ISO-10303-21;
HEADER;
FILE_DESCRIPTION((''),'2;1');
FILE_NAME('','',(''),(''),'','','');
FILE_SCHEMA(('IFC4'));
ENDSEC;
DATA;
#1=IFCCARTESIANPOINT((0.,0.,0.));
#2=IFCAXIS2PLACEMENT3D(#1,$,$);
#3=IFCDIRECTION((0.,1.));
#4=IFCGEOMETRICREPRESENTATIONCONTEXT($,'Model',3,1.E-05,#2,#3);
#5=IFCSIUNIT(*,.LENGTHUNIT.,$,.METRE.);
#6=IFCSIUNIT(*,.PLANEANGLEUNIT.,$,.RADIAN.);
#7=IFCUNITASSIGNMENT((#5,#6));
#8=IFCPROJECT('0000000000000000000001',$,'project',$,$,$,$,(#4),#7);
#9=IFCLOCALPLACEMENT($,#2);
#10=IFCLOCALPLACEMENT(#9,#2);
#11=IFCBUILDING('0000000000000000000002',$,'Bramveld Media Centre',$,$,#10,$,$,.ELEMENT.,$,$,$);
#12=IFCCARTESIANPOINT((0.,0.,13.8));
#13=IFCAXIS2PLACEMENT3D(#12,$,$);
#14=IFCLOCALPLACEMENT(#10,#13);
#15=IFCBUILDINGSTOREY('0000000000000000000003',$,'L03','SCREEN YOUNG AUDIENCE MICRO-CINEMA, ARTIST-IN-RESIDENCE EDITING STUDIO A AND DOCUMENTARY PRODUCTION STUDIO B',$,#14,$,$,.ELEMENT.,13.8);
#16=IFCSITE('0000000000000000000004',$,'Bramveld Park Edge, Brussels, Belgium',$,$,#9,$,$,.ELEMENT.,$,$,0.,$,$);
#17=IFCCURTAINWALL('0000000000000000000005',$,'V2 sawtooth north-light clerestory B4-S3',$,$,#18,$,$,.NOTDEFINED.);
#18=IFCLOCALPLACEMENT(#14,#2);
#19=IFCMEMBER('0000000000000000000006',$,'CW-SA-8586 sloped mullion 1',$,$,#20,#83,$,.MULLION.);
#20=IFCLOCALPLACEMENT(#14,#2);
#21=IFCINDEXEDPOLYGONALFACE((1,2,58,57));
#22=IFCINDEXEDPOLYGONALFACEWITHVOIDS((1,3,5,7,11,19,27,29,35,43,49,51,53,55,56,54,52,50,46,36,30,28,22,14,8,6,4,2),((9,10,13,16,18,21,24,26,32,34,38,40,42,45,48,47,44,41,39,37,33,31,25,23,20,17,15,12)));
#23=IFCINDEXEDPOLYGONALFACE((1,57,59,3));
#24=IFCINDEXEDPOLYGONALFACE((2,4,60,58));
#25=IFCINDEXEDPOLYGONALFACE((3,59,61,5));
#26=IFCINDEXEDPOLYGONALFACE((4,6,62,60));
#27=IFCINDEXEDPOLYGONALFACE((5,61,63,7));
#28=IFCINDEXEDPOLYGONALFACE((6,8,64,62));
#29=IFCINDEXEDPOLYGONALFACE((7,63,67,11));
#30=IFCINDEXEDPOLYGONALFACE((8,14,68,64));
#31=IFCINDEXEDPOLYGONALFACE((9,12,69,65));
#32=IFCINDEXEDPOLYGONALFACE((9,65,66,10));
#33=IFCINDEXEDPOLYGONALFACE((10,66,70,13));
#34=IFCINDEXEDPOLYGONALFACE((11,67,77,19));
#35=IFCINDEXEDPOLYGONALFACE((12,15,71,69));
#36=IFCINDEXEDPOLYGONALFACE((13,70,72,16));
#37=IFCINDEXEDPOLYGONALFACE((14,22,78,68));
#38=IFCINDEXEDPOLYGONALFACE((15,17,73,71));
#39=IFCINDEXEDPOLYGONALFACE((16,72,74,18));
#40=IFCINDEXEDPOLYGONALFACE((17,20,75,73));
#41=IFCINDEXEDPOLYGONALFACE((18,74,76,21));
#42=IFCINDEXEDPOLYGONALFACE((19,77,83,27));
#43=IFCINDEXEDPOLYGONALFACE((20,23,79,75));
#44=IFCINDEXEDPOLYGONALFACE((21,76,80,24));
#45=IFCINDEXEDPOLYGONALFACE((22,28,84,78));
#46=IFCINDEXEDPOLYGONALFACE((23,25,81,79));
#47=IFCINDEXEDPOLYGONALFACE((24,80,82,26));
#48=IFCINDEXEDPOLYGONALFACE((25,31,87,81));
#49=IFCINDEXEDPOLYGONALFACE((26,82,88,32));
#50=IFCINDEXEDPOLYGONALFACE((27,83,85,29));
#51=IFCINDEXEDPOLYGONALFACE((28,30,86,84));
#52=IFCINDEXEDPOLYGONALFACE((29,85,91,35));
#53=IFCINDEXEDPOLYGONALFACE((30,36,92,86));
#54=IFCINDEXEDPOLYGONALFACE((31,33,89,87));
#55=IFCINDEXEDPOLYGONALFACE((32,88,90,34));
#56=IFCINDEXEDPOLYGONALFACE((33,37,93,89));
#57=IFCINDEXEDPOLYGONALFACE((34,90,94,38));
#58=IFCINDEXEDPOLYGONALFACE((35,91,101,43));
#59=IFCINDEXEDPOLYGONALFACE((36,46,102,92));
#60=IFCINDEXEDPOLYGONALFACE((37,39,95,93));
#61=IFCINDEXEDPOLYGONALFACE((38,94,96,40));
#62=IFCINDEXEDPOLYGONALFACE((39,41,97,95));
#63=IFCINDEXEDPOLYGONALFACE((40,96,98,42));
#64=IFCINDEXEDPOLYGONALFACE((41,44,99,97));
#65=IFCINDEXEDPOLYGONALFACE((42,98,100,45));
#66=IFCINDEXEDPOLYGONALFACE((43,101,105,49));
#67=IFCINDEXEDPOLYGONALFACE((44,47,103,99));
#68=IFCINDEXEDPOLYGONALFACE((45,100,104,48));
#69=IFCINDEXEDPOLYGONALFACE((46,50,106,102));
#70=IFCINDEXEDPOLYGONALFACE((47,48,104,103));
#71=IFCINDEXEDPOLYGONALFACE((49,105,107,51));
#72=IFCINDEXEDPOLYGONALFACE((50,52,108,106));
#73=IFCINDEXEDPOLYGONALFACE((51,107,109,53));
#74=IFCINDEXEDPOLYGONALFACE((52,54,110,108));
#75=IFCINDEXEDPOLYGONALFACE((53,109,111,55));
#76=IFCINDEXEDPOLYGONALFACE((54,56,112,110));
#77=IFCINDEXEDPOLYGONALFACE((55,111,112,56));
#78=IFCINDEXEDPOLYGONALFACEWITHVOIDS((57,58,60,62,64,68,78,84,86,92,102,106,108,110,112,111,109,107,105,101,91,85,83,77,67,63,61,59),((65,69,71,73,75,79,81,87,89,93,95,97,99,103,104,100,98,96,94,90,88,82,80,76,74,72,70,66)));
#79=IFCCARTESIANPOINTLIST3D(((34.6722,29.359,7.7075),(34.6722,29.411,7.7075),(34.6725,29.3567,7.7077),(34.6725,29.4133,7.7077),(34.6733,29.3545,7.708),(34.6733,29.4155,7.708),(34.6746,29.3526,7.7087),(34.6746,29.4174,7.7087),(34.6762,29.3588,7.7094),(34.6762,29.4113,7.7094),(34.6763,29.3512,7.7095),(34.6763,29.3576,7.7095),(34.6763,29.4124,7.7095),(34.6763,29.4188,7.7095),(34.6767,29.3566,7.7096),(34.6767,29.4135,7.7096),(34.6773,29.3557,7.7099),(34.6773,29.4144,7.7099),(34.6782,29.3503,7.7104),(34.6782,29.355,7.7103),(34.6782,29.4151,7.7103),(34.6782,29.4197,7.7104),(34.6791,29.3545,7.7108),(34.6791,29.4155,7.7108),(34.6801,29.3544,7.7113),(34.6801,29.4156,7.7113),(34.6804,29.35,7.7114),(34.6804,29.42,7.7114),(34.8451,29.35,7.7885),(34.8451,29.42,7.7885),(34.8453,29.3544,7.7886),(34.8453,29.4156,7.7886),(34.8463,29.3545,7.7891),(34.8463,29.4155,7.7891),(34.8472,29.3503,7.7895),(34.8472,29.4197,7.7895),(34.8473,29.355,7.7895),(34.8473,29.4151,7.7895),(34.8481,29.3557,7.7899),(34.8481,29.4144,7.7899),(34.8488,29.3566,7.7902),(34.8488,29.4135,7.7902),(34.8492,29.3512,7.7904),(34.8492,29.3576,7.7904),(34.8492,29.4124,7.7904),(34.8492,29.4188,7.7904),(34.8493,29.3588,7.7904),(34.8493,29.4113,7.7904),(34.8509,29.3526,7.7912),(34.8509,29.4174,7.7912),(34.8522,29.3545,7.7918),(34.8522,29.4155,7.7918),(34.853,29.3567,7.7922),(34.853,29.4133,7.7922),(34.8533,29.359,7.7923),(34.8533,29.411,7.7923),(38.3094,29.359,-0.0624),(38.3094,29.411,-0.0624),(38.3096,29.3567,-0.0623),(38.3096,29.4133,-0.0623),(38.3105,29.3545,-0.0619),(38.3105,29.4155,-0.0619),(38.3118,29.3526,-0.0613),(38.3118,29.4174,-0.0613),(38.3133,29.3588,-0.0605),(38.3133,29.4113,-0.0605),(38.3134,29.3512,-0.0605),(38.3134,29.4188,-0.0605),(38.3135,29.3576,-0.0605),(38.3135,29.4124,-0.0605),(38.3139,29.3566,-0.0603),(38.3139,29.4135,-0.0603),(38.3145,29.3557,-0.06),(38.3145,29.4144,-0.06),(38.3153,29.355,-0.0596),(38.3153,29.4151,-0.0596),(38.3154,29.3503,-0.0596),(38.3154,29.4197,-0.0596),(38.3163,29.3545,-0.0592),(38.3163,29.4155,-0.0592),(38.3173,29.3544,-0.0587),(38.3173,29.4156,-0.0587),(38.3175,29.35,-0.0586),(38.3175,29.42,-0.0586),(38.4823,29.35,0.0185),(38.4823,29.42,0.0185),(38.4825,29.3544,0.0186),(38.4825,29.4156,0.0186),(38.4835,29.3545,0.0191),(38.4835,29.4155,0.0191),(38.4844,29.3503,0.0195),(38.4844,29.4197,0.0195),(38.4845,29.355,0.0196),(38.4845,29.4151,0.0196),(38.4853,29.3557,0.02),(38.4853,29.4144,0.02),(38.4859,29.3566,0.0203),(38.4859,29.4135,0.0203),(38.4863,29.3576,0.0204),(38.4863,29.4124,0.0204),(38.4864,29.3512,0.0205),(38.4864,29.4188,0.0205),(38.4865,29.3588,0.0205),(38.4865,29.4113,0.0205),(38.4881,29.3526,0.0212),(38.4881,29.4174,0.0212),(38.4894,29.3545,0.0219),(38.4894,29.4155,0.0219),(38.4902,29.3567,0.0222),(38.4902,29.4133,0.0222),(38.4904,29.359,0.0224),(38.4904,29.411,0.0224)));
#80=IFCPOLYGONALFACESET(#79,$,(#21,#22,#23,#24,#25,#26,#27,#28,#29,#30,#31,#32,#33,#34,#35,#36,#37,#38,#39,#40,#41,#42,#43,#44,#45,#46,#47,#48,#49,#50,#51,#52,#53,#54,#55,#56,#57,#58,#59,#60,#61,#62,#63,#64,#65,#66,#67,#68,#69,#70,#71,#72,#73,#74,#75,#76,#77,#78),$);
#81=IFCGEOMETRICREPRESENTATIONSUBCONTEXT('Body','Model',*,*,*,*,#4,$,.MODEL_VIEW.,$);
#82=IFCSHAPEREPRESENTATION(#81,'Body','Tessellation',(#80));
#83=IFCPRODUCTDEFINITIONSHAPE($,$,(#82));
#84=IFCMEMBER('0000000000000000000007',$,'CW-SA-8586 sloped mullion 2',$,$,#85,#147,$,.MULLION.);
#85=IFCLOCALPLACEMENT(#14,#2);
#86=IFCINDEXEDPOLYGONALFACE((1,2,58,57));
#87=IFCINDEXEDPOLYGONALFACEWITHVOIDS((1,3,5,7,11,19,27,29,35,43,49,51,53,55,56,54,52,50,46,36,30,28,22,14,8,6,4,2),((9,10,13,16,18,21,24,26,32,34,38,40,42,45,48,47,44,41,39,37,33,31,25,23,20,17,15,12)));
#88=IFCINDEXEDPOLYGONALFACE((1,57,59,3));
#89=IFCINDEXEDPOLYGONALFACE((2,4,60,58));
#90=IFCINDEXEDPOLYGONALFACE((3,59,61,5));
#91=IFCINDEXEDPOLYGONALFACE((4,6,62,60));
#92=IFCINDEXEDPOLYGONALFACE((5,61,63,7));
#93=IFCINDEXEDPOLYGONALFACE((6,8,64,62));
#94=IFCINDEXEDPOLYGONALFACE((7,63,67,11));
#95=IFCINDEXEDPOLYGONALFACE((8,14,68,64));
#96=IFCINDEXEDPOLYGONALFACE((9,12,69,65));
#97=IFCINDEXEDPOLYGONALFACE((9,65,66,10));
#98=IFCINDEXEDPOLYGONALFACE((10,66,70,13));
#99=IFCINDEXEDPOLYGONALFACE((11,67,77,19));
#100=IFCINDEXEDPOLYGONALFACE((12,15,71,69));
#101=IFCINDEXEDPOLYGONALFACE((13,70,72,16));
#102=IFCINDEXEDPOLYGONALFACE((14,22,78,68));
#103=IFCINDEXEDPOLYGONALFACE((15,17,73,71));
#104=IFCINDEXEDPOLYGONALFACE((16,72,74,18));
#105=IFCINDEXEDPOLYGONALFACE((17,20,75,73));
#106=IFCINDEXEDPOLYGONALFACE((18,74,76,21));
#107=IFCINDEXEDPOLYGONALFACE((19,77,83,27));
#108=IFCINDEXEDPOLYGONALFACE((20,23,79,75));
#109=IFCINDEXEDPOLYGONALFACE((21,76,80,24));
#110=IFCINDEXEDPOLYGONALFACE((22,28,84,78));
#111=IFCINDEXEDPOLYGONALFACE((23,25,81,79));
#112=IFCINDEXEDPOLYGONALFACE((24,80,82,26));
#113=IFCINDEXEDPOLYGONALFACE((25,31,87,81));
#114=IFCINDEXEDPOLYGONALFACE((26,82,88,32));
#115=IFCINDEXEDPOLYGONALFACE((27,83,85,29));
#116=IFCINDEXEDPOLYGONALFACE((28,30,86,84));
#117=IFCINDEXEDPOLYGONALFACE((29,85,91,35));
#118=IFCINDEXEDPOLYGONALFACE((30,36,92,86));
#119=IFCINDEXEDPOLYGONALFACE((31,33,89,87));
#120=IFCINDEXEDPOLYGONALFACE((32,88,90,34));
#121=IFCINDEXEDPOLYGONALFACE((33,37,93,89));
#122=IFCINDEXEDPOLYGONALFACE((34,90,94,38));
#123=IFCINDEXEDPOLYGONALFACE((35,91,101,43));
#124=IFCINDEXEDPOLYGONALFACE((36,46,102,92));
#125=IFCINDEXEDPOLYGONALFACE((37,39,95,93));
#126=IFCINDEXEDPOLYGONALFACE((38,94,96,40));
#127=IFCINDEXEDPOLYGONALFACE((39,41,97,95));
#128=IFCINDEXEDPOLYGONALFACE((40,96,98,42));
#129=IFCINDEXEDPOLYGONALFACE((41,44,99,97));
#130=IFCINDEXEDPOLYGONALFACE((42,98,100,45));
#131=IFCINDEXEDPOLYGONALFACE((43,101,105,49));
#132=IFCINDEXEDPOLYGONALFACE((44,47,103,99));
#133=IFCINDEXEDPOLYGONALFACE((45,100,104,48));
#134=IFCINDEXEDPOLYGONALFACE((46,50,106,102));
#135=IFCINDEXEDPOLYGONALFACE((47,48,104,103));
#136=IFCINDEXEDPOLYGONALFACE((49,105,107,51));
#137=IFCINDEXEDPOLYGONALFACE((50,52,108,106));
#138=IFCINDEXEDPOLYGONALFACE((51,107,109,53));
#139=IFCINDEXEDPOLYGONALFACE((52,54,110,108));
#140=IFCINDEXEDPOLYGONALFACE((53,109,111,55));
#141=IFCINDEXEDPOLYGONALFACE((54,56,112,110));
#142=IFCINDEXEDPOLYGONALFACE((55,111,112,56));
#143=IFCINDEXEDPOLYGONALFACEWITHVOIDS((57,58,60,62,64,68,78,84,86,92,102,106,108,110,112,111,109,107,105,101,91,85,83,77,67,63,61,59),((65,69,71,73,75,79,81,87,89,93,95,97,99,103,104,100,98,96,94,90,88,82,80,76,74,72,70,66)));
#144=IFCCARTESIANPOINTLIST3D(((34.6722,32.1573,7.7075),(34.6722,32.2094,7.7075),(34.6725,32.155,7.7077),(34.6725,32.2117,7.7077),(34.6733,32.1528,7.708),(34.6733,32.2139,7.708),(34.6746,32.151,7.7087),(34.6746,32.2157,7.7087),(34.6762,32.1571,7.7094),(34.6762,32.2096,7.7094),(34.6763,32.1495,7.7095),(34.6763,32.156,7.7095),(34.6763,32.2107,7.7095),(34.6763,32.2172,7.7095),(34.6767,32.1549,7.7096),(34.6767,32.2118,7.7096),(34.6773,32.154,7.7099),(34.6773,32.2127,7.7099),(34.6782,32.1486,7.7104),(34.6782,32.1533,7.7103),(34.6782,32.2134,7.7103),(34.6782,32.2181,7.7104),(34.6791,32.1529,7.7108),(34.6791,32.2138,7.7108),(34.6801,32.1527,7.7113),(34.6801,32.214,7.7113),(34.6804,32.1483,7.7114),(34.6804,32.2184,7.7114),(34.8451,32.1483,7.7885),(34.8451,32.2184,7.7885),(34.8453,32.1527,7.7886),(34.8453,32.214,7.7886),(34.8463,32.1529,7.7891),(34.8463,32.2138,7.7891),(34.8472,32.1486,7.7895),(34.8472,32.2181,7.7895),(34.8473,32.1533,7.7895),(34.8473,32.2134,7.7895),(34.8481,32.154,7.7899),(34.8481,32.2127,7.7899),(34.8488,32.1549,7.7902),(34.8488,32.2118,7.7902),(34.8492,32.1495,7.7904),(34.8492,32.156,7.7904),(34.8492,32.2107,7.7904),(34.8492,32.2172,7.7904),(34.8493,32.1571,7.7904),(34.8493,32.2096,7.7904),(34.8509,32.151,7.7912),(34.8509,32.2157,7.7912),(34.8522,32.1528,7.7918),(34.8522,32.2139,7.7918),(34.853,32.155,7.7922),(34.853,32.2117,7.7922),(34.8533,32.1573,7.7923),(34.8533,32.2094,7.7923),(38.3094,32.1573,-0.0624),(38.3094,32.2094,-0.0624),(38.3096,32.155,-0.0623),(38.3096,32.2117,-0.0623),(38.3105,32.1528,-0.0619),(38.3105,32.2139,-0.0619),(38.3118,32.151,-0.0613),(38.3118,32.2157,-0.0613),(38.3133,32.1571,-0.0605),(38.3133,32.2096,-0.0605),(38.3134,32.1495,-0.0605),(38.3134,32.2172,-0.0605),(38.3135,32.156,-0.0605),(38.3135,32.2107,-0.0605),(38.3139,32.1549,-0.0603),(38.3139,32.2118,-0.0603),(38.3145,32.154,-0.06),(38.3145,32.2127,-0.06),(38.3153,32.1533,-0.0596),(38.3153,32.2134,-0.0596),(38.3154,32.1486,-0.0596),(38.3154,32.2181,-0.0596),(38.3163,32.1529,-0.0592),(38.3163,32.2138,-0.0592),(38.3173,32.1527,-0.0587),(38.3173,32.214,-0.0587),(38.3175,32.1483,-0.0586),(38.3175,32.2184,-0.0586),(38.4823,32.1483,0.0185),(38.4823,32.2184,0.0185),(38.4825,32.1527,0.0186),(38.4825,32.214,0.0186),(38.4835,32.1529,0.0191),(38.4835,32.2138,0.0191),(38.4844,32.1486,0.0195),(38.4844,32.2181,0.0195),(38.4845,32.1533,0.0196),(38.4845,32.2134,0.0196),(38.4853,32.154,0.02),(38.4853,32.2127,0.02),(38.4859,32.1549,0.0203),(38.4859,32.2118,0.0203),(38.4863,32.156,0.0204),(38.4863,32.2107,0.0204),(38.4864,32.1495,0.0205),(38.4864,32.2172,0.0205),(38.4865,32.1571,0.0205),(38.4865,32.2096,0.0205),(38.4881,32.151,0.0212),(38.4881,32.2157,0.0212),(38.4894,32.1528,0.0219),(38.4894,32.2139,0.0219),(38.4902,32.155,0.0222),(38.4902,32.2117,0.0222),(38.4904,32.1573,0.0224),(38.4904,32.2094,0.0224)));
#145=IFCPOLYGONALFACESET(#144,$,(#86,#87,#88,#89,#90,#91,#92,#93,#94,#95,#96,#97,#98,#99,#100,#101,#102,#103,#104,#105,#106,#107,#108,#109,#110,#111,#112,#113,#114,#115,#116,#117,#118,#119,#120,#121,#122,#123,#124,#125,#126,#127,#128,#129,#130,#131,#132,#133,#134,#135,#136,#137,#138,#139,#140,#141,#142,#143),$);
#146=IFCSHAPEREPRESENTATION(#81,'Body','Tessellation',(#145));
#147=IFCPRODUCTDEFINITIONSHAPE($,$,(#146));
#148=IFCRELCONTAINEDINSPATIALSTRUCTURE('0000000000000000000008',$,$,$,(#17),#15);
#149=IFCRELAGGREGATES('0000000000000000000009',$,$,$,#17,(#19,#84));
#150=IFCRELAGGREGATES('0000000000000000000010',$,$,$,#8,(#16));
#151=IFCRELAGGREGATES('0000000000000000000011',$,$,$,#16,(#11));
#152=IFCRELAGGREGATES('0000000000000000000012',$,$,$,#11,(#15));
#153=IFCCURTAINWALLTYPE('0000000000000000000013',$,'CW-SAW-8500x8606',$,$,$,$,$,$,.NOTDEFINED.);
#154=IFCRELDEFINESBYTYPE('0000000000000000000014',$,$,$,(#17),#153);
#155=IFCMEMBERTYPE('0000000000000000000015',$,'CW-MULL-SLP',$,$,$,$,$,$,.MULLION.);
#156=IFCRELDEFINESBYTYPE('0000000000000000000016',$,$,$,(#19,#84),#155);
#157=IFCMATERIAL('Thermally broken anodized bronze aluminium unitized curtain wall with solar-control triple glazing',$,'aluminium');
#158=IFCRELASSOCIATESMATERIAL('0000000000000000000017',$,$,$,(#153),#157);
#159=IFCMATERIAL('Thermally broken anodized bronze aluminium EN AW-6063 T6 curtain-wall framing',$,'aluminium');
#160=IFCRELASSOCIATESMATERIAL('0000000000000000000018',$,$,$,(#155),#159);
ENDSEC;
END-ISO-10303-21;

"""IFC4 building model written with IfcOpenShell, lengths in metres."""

from ifc_helpers import new_model, si_unit, direction, frame, origin, origin_2d, place, context, subcontext, project, spatial, hollow_rectangle, extrude, material, material_profile, profile_set, type_object, element, aggregate, save


model = new_model("IFC4")

# Units and contexts
model_context = context("Model", 3, precision=1e-05, world=origin(), true_north=direction((0.0, 1.0)))
body_context = subcontext(model_context, "Body", "Model", "MODEL_VIEW")
ifc_project = project(units=[si_unit("LENGTHUNIT", "METRE"), si_unit("PLANEANGLEUNIT", "RADIAN")], contexts=[model_context])

# Site, building, storey
site_placement = place(None, origin())
site = spatial("IfcSite", under=ifc_project, at=site_placement, Name="Bramveld Park Edge, Brussels, Belgium", CompositionType="ELEMENT", RefElevation=0.0)
building_placement = place(site_placement, origin())
building = spatial("IfcBuilding", under=site, at=building_placement, Name="Bramveld Media Centre", CompositionType="ELEMENT")
storey_placement = place(building_placement, frame((0.0, 0.0, 13.8)))
storey = spatial("IfcBuildingStorey", under=building, at=storey_placement, Name="L03", Description="SCREEN YOUNG AUDIENCE MICRO-CINEMA, ARTIST-IN-RESIDENCE EDITING STUDIO A AND DOCUMENTARY PRODUCTION STUDIO B", CompositionType="ELEMENT", Elevation=13.8)

# Curtain wall, members
ifc_material_1 = material(Name="Thermally broken anodized bronze aluminium unitized curtain wall with solar-control triple glazing", Category="aluminium")
curtain_wall_type = type_object("IfcCurtainWallType", Name="CW-SAW-8500x8606", PredefinedType="NOTDEFINED", material=ifc_material_1)
curtain_wall_placement = place(storey_placement, origin())
curtain_wall = element("IfcCurtainWall", 1, at=curtain_wall_placement, inside=storey, type_object=curtain_wall_type, Name="V2 sawtooth north-light clerestory B4-S3", PredefinedType="NOTDEFINED")
ifc_material_2 = material(Name="Thermally broken anodized bronze aluminium EN AW-6063 T6 curtain-wall framing", Category="aluminium")
ifc_material_profile_1 = material_profile(ifc_material_2, hollow_rectangle(XDim=0.0701, YDim=0.2, WallThickness=0.0044, InnerFilletRadius=0.0044, OuterFilletRadius=0.009, at=origin_2d()), Name="AL-MULL 70x200")
ifc_profile_set_1 = profile_set([ifc_material_profile_1], Name="Thermally broken anodized bronze aluminium EN AW-6063 T6 curtain-wall framing")
member_type_1 = type_object("IfcMemberType", Name="CW-MULL-SLP", PredefinedType="MULLION", material=ifc_profile_set_1)
member_1_placement = place(storey_placement, frame((38.3999, 29.385, -0.02), z_axis=(-0.423957, 0.0, 0.905682), x_axis=(0.0, -1.0, 0.0)))
member_1 = element("IfcMember", 2, at=member_1_placement, type_object=member_type_1, Name="CW-SA-8586 sloped mullion 1", PredefinedType="MULLION", context=body_context, shape_type="SweptSolid", body=[
    extrude(hollow_rectangle(XDim=0.0701, YDim=0.2, WallThickness=0.0044, InnerFilletRadius=0.0044, OuterFilletRadius=0.009, at=origin_2d()), origin(), (0.0, 0.0, 1.0), 8.5791),
])
member_2_placement = place(storey_placement, frame((38.3999, 32.1833, -0.02), z_axis=(-0.423957, 0.0, 0.905682), x_axis=(0.0, -1.0, 0.0)))
member_2 = element("IfcMember", 3, at=member_2_placement, type_object=member_type_1, Name="CW-SA-8586 sloped mullion 2", PredefinedType="MULLION", context=body_context, shape_type="SweptSolid", body=[
    extrude(hollow_rectangle(XDim=0.0701, YDim=0.2, WallThickness=0.0044, InnerFilletRadius=0.0044, OuterFilletRadius=0.009, at=origin_2d()), origin(), (0.0, 0.0, 1.0), 8.5791),
])

aggregate(curtain_wall, [member_1, member_2])

save(model, "model.ifc")
